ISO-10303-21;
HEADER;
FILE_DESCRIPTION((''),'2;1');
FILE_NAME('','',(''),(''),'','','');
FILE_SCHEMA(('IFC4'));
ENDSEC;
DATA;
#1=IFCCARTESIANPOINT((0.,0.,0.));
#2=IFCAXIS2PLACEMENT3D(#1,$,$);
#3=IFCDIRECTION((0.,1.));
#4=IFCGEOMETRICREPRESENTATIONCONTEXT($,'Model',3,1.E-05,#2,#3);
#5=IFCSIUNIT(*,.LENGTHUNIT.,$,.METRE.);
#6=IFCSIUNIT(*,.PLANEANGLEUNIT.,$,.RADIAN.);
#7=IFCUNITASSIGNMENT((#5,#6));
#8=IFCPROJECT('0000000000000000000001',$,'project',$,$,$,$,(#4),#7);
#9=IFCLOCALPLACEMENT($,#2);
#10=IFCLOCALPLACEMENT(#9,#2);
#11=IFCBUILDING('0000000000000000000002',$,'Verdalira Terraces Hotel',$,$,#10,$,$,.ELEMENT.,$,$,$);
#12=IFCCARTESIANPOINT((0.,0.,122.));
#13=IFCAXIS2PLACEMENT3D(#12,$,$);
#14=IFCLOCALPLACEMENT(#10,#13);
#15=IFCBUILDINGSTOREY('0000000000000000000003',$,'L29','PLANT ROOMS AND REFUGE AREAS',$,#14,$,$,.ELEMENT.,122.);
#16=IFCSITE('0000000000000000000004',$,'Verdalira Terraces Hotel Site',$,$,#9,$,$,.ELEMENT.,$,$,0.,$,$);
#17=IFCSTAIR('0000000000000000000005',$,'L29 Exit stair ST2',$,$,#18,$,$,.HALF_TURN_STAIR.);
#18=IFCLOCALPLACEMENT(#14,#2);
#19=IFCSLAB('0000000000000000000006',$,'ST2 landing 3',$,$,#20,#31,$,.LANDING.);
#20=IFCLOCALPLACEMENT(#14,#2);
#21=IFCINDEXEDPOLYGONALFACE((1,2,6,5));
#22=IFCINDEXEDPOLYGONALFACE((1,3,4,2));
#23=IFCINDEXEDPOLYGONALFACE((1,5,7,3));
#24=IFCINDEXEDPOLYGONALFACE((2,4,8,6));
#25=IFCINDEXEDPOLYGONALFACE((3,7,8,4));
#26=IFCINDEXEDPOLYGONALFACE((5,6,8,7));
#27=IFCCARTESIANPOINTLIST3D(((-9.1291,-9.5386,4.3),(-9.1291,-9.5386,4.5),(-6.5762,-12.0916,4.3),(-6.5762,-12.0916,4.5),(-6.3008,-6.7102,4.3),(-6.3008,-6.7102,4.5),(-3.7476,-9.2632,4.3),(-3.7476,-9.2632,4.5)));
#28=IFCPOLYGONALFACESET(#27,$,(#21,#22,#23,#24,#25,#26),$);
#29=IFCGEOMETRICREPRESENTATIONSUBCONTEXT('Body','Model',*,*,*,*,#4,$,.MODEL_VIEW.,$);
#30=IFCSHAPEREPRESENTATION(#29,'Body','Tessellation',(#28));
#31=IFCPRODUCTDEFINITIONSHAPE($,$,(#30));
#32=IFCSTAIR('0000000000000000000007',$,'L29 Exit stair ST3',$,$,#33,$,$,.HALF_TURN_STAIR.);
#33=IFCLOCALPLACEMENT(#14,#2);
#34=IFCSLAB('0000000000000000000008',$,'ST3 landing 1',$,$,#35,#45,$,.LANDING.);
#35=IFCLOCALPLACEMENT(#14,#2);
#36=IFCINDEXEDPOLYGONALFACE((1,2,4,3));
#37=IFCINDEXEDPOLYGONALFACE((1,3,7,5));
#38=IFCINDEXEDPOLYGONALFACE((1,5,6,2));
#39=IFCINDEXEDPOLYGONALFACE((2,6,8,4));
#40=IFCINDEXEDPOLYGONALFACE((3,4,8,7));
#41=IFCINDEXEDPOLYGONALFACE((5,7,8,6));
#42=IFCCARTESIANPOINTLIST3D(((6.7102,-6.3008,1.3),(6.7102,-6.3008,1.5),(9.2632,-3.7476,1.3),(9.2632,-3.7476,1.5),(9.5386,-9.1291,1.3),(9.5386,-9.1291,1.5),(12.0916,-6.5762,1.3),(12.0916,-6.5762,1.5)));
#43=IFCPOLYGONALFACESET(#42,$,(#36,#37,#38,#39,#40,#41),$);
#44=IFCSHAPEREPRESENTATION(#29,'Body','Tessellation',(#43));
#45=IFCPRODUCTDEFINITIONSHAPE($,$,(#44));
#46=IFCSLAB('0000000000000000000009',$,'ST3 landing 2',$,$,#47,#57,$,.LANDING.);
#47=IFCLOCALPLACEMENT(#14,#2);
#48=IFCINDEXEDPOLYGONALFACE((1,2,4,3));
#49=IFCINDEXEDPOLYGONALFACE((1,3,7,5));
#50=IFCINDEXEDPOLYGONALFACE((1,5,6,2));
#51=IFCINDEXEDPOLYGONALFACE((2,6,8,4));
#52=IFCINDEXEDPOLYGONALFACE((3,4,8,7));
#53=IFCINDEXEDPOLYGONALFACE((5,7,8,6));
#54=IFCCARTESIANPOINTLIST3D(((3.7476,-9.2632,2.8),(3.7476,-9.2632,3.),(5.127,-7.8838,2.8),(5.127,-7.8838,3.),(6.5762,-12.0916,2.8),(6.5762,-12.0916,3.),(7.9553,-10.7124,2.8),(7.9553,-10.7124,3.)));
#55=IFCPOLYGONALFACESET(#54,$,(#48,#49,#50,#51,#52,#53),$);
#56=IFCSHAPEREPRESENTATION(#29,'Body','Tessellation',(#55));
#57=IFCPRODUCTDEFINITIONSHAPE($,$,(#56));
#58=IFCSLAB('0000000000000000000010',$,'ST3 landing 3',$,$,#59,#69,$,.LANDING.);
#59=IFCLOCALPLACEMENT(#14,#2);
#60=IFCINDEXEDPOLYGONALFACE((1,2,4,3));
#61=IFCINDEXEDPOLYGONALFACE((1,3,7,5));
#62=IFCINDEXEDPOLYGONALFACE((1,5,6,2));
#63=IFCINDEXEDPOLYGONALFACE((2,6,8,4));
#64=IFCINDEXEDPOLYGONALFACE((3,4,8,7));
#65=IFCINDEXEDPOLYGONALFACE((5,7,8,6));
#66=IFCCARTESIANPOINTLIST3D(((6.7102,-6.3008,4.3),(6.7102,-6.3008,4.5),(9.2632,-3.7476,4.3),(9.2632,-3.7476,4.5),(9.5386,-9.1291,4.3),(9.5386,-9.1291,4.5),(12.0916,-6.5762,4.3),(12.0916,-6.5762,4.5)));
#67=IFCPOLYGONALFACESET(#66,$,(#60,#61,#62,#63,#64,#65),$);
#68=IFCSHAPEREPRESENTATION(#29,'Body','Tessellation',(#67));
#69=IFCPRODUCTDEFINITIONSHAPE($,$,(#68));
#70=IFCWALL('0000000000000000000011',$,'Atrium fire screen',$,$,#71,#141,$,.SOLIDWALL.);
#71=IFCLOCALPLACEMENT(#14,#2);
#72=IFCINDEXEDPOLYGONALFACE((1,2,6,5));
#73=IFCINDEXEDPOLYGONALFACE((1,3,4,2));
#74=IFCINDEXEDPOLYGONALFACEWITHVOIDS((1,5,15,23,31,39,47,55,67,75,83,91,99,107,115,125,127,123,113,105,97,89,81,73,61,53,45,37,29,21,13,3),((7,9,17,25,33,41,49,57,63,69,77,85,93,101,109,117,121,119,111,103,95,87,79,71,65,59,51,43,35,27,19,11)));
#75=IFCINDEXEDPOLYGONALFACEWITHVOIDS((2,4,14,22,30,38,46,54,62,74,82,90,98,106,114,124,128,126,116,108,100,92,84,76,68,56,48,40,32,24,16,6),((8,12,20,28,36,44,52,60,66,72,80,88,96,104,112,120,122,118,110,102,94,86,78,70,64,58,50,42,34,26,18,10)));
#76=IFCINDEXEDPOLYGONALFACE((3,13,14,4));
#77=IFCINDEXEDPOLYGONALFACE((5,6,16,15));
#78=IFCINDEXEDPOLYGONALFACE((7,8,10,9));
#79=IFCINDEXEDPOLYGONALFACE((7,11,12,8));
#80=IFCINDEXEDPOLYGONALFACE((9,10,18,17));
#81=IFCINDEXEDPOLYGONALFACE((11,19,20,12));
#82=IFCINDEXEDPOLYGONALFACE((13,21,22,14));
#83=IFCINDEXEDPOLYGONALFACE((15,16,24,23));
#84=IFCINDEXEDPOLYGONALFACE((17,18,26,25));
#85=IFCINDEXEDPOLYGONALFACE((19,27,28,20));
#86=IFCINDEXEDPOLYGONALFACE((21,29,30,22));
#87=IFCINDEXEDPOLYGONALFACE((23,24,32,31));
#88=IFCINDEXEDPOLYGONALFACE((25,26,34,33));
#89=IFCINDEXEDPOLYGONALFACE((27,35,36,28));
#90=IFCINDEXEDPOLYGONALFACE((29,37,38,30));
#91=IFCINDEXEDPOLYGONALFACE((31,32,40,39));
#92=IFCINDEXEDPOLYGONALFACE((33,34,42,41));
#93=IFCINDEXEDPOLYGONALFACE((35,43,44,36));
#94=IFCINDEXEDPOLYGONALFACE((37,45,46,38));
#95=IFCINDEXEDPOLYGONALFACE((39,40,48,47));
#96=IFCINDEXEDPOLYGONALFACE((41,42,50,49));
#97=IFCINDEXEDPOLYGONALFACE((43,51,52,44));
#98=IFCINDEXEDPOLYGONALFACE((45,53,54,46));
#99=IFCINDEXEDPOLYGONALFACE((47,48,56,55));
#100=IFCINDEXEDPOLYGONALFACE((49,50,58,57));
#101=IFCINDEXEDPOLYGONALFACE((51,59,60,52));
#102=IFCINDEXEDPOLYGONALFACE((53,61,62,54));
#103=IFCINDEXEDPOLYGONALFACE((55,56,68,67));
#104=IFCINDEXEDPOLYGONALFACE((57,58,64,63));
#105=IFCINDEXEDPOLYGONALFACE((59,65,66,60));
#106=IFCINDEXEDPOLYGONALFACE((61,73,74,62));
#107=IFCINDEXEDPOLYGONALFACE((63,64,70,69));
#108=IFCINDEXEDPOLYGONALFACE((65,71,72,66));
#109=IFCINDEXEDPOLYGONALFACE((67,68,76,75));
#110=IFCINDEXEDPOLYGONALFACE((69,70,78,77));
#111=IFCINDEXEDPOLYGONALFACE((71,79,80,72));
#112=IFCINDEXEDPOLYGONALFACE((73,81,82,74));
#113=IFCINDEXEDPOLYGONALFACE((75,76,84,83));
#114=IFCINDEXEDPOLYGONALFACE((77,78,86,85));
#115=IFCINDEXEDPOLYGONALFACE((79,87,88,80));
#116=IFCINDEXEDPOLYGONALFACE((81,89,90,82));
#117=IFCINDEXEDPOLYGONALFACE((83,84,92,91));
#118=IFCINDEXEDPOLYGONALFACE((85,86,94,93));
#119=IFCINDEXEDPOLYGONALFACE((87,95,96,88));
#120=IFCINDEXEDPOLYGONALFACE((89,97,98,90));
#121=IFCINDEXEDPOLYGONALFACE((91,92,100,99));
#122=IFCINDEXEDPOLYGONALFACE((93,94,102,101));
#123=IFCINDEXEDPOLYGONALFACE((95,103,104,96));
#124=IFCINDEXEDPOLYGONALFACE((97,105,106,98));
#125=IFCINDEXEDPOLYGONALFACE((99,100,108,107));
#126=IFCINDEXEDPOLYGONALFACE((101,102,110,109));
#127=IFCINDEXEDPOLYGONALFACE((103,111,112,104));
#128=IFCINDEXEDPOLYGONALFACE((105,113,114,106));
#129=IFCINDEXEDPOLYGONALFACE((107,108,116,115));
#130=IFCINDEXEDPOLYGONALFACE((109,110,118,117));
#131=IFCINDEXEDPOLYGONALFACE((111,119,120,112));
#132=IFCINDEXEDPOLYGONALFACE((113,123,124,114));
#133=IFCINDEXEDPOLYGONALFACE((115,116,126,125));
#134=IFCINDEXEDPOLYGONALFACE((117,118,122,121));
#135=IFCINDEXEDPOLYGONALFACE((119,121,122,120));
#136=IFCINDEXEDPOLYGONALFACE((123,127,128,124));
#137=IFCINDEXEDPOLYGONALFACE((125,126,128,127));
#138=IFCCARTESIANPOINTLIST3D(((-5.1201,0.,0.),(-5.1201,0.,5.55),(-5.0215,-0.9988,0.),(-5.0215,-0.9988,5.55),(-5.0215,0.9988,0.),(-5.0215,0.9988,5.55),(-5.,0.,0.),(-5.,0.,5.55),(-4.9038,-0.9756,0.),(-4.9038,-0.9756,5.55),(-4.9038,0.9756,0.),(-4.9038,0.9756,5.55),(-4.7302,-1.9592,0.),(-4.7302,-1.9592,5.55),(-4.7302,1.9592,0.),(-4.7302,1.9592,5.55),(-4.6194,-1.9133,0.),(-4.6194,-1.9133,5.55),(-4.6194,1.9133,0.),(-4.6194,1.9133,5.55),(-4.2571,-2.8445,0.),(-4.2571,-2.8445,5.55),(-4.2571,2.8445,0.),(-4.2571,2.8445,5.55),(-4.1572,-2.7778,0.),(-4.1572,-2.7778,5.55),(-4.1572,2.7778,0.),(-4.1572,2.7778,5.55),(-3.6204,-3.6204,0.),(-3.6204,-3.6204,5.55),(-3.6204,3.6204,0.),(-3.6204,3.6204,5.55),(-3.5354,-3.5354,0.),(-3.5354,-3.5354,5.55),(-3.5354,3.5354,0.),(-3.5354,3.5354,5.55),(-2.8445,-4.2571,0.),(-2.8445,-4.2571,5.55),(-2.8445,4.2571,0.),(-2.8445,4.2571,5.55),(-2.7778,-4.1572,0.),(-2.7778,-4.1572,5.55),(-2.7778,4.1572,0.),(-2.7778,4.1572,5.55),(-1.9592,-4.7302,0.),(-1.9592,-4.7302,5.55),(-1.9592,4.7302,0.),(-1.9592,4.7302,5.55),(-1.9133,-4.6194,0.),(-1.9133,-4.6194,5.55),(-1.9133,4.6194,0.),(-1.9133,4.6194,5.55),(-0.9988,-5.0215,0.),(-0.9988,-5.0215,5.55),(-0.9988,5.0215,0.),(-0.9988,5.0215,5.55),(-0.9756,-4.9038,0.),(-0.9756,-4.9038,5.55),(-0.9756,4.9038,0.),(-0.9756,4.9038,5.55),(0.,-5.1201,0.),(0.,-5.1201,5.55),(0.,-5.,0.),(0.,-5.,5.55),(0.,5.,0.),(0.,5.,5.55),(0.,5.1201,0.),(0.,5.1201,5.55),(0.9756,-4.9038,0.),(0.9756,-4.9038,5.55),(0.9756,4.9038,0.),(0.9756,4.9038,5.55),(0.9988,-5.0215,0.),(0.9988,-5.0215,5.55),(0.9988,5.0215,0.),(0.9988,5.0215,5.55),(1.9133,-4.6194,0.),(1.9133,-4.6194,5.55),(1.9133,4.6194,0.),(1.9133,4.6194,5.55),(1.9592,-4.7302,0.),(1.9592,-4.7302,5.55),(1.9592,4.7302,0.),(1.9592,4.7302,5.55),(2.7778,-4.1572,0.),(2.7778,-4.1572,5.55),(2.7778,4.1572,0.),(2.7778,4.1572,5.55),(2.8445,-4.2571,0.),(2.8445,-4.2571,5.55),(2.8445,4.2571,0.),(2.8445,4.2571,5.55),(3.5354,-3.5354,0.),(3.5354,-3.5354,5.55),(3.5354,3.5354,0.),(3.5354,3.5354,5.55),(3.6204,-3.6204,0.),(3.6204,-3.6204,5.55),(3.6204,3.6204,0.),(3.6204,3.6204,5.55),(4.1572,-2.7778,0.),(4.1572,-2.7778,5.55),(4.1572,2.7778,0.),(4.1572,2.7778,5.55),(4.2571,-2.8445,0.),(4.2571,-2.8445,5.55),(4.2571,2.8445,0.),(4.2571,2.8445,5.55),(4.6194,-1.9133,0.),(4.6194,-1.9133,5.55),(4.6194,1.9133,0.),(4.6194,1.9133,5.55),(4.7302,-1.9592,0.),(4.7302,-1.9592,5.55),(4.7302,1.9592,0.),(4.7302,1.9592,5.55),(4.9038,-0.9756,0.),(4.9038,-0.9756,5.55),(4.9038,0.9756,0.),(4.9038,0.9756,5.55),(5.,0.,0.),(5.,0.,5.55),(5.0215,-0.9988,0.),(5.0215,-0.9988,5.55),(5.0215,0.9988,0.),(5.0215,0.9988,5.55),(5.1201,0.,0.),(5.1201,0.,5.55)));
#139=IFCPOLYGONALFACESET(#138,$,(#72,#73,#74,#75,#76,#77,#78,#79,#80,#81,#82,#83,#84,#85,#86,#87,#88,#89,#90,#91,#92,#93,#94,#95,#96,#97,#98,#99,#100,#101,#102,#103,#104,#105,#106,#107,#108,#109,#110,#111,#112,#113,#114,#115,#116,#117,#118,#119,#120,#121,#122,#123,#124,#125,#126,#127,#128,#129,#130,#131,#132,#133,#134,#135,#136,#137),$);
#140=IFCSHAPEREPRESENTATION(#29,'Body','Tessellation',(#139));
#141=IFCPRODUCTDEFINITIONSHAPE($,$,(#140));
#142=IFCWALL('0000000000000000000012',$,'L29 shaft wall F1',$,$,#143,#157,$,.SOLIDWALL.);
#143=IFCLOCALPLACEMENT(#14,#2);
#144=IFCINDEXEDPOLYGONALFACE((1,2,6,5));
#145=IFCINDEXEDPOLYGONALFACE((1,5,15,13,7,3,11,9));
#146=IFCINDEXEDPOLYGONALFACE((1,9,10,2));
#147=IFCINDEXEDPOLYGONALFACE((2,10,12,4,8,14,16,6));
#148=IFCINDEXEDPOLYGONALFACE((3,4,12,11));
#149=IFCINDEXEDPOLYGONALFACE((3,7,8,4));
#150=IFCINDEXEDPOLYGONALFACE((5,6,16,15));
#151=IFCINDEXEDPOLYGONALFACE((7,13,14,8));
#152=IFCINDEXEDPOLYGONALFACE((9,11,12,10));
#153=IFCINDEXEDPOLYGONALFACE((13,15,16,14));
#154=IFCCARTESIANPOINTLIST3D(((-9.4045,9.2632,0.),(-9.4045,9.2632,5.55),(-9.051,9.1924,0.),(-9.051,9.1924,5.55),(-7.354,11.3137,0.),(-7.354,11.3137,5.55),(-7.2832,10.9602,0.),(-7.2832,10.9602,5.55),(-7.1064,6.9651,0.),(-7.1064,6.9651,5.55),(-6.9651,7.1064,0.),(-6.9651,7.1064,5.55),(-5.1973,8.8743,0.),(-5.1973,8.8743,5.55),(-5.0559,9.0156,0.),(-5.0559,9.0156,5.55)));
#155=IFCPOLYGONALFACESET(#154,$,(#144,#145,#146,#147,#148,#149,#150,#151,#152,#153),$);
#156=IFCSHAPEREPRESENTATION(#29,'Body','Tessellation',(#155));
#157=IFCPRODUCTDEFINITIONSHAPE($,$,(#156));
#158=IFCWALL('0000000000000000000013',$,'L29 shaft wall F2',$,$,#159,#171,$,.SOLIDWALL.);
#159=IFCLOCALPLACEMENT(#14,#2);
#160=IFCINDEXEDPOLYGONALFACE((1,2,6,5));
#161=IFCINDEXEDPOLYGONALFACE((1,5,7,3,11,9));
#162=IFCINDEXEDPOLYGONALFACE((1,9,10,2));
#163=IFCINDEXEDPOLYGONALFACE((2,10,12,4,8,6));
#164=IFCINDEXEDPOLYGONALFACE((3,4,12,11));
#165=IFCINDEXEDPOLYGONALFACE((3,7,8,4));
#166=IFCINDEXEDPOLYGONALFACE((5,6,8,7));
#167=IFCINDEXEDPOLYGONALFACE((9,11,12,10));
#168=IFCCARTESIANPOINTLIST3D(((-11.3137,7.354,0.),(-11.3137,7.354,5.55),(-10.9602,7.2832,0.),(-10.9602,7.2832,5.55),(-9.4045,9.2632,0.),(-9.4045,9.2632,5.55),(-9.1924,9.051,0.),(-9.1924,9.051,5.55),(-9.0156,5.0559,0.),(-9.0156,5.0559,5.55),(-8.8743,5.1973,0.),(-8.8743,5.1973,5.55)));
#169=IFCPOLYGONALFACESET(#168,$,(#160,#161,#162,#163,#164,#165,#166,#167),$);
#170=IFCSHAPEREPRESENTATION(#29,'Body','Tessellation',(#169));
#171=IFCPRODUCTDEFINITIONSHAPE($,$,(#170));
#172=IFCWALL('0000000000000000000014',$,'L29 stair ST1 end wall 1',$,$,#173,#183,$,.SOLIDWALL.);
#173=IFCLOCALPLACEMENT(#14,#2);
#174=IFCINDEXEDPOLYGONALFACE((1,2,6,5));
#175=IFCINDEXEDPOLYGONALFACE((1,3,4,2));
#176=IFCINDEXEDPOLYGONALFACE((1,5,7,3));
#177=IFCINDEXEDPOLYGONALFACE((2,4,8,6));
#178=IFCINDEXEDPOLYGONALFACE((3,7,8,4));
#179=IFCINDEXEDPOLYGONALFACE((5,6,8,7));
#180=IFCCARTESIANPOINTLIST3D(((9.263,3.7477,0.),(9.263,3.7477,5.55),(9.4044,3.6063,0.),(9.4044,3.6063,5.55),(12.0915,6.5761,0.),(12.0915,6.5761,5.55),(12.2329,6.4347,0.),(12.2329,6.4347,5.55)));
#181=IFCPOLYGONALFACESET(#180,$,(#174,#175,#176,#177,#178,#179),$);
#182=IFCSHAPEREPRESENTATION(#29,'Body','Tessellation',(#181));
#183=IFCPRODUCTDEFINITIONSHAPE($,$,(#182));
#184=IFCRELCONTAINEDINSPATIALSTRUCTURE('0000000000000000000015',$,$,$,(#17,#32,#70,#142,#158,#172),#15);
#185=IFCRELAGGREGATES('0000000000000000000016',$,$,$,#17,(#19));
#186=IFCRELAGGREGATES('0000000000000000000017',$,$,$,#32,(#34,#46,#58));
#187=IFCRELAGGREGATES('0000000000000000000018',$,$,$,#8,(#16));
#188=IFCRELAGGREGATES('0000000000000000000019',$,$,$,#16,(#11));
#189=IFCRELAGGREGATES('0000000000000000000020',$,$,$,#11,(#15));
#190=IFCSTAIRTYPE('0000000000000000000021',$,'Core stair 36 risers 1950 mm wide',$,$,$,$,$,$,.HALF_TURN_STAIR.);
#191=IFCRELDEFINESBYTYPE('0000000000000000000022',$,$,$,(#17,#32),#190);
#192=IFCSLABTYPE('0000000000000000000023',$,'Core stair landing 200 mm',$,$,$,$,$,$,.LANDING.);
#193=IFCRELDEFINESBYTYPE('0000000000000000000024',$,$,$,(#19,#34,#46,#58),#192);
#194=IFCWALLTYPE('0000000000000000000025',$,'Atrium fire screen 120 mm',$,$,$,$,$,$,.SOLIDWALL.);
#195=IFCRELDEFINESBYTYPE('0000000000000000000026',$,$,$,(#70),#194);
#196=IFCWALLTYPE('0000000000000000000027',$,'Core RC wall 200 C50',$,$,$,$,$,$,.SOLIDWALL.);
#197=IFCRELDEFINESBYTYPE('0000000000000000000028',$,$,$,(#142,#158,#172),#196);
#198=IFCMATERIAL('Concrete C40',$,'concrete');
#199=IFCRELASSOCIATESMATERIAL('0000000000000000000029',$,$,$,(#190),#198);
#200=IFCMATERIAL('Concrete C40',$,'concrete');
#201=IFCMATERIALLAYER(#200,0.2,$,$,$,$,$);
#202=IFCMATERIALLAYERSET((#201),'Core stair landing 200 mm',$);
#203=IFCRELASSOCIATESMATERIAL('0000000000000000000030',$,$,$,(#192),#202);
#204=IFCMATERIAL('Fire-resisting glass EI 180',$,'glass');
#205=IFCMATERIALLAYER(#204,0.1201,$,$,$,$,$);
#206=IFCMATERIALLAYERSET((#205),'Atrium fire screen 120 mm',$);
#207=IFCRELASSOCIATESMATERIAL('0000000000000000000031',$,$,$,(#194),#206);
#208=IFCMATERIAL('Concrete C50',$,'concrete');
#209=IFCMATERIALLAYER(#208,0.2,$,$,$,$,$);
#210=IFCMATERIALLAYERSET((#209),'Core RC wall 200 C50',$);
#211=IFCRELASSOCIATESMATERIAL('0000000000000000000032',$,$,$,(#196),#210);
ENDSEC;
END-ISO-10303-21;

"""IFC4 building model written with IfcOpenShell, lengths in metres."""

from ifc_helpers import new_model, si_unit, direction, frame, frame_2d, origin, place, context, subcontext, project, spatial, polyline, rectangle, outline, extrude, material, layer, layer_set, type_object, element, aggregate, save


model = new_model("IFC4")

# Units and contexts
model_context = context("Model", 3, precision=1e-05, world=origin(), true_north=direction((0.0, 1.0)))
body_context = subcontext(model_context, "Body", "Model", "MODEL_VIEW")
ifc_project = project(units=[si_unit("LENGTHUNIT", "METRE"), si_unit("PLANEANGLEUNIT", "RADIAN")], contexts=[model_context])

# Site, building, storey
site_placement = place(None, origin())
site = spatial("IfcSite", under=ifc_project, at=site_placement, Name="Verdalira Terraces Hotel Site", CompositionType="ELEMENT", RefElevation=0.0)
building_placement = place(site_placement, origin())
building = spatial("IfcBuilding", under=site, at=building_placement, Name="Verdalira Terraces Hotel", CompositionType="ELEMENT")
storey_placement = place(building_placement, frame((0.0, 0.0, 122.0)))
storey = spatial("IfcBuildingStorey", under=building, at=storey_placement, Name="L29", Description="PLANT ROOMS AND REFUGE AREAS", CompositionType="ELEMENT", Elevation=122.0)

# Stairs, slabs
ifc_material_1 = material(Name="Concrete C40", Category="concrete")
stair_type = type_object("IfcStairType", Name="Core stair 36 risers 1950 mm wide", PredefinedType="HALF_TURN_STAIR", material=ifc_material_1)
ifc_material_2 = material(Name="Concrete C40", Category="concrete")
ifc_layer_1 = layer(ifc_material_2, 0.2)
ifc_layer_set_1 = layer_set([ifc_layer_1], Name="Core stair landing 200 mm")
slab_type_1 = type_object("IfcSlabType", Name="Core stair landing 200 mm", PredefinedType="LANDING", material=ifc_layer_set_1)
stair_1_placement = place(storey_placement, origin())
stair_1 = element("IfcStair", 1, at=stair_1_placement, inside=storey, type_object=stair_type, Name="L29 Exit stair ST2", PredefinedType="HALF_TURN_STAIR")
slab_1_placement = place(storey_placement, frame((0.0, 0.0, 4.3)))
slab_1 = element("IfcSlab", 2, at=slab_1_placement, type_object=slab_type_1, Name="ST2 landing 3", PredefinedType="LANDING", context=body_context, shape_type="SweptSolid", body=[
    extrude(outline(polyline([(-9.1291, -9.5386), (-6.5762, -12.0916), (-3.7476, -9.2632), (-6.3008, -6.7102), (-9.1291, -9.5386)])), origin(), (0.0, 0.0, 1.0), 0.2),
])
aggregate(stair_1, [slab_1])
stair_2_placement = place(storey_placement, origin())
stair_2 = element("IfcStair", 3, at=stair_2_placement, inside=storey, type_object=stair_type, Name="L29 Exit stair ST3", PredefinedType="HALF_TURN_STAIR")
slab_2_placement = place(storey_placement, frame((0.0, 0.0, 1.3)))
slab_2 = element("IfcSlab", 4, at=slab_2_placement, type_object=slab_type_1, Name="ST3 landing 1", PredefinedType="LANDING", context=body_context, shape_type="SweptSolid", body=[
    extrude(outline(polyline([(9.5386, -9.1291), (12.0916, -6.5762), (9.2632, -3.7476), (6.7102, -6.3008), (9.5386, -9.1291)])), origin(), (0.0, 0.0, 1.0), 0.2),
])
slab_3_placement = place(storey_placement, frame((0.0, 0.0, 2.8)))
slab_3 = element("IfcSlab", 5, at=slab_3_placement, type_object=slab_type_1, Name="ST3 landing 2", PredefinedType="LANDING", context=body_context, shape_type="SweptSolid", body=[
    extrude(outline(polyline([(6.5762, -12.0916), (7.9553, -10.7124), (5.127, -7.8838), (3.7476, -9.2632), (6.5762, -12.0916)])), origin(), (0.0, 0.0, 1.0), 0.2),
])
slab_4_placement = place(storey_placement, frame((0.0, 0.0, 4.3)))
slab_4 = element("IfcSlab", 6, at=slab_4_placement, type_object=slab_type_1, Name="ST3 landing 3", PredefinedType="LANDING", context=body_context, shape_type="SweptSolid", body=[
    extrude(outline(polyline([(9.5386, -9.1291), (12.0916, -6.5762), (9.2632, -3.7476), (6.7102, -6.3008), (9.5386, -9.1291)])), origin(), (0.0, 0.0, 1.0), 0.2),
])
aggregate(stair_2, [slab_2, slab_3, slab_4])

# Walls
ifc_material_3 = material(Name="Fire-resisting glass EI 180", Category="glass")
ifc_layer_2 = layer(ifc_material_3, 0.1201)
ifc_layer_set_2 = layer_set([ifc_layer_2], Name="Atrium fire screen 120 mm")
wall_type_1 = type_object("IfcWallType", Name="Atrium fire screen 120 mm", PredefinedType="SOLIDWALL", material=ifc_layer_set_2)
wall_1_placement = place(storey_placement, origin())
element("IfcWall", 7, at=wall_1_placement, inside=storey, type_object=wall_type_1, Name="Atrium fire screen", PredefinedType="SOLIDWALL", context=body_context, shape_type="SweptSolid", body=[
    extrude(outline(polyline([(5.0215, -0.9988), (4.7302, -1.9592), (4.2571, -2.8445), (3.6204, -3.6204), (2.8445, -4.2571), (1.9592, -4.7302), (0.9988, -5.0215), (0.0, -5.1201), (-0.9988, -5.0215), (-1.9592, -4.7302), (-2.8445, -4.2571), (-3.6204, -3.6204), (-4.2571, -2.8445), (-4.7302, -1.9592), (-5.0215, -0.9988), (-5.1201, 0.0), (-5.0215, 0.9988), (-4.7302, 1.9592), (-4.2571, 2.8445), (-3.6204, 3.6204), (-2.8445, 4.2571), (-1.9592, 4.7302), (-0.9988, 5.0215), (0.0, 5.1201), (0.9988, 5.0215), (1.9592, 4.7302), (2.8445, 4.2571), (3.6204, 3.6204), (4.2571, 2.8445), (4.7302, 1.9592), (5.0215, 0.9988), (5.1201, 0.0), (5.0215, -0.9988)]), holes=[polyline([(4.9038, 0.9756), (4.6194, 1.9133), (4.1572, 2.7778), (3.5354, 3.5354), (2.7778, 4.1572), (1.9133, 4.6194), (0.9756, 4.9038), (0.0, 5.0), (-0.9756, 4.9038), (-1.9133, 4.6194), (-2.7778, 4.1572), (-3.5354, 3.5354), (-4.1572, 2.7778), (-4.6194, 1.9133), (-4.9038, 0.9756), (-5.0, 0.0), (-4.9038, -0.9756), (-4.6194, -1.9133), (-4.1572, -2.7778), (-3.5354, -3.5354), (-2.7778, -4.1572), (-1.9133, -4.6194), (-0.9756, -4.9038), (0.0, -5.0), (0.9756, -4.9038), (1.9133, -4.6194), (2.7778, -4.1572), (3.5354, -3.5354), (4.1572, -2.7778), (4.6194, -1.9133), (4.9038, -0.9756), (5.0, 0.0), (4.9038, 0.9756)])]), origin(), (0.0, 0.0, 1.0), 5.55),
])
ifc_material_4 = material(Name="Concrete C50", Category="concrete")
ifc_layer_3 = layer(ifc_material_4, 0.2)
ifc_layer_set_3 = layer_set([ifc_layer_3], Name="Core RC wall 200 C50")
wall_type_2 = type_object("IfcWallType", Name="Core RC wall 200 C50", PredefinedType="SOLIDWALL", material=ifc_layer_set_3)
wall_2_placement = place(storey_placement, origin())
element("IfcWall", 8, at=wall_2_placement, inside=storey, type_object=wall_type_2, Name="L29 shaft wall F1", PredefinedType="SOLIDWALL", context=body_context, shape_type="SweptSolid", body=[
    extrude(outline(polyline([(-9.4045, 9.2632), (-7.354, 11.3137), (-5.0559, 9.0156), (-5.1973, 8.8743), (-7.2832, 10.9602), (-9.051, 9.1924), (-6.9651, 7.1064), (-7.1064, 6.9651), (-9.4045, 9.2632)])), origin(), (0.0, 0.0, 1.0), 5.55),
])
wall_3_placement = place(storey_placement, origin())
element("IfcWall", 9, at=wall_3_placement, inside=storey, type_object=wall_type_2, Name="L29 shaft wall F2", PredefinedType="SOLIDWALL", context=body_context, shape_type="SweptSolid", body=[
    extrude(outline(polyline([(-11.3137, 7.354), (-9.4045, 9.2632), (-9.1924, 9.051), (-10.9602, 7.2832), (-8.8743, 5.1973), (-9.0156, 5.0559), (-11.3137, 7.354)])), origin(), (0.0, 0.0, 1.0), 5.55),
])
wall_4_placement = place(storey_placement, frame((9.3337, 3.677, 0.0), z_axis=(0.0, 0.0, 1.0), x_axis=(0.707107, 0.707107, 0.0)))
element("IfcWall", 10, at=wall_4_placement, inside=storey, type_object=wall_type_2, Name="L29 stair ST1 end wall 1", PredefinedType="SOLIDWALL", context=body_context, shape_type="SweptSolid", body=[
    extrude(rectangle(XDim=4.0, YDim=0.2, at=frame_2d((2.0, 0.0))), origin(), (0.0, 0.0, 1.0), 5.55),
])

save(model, "model.ifc")
